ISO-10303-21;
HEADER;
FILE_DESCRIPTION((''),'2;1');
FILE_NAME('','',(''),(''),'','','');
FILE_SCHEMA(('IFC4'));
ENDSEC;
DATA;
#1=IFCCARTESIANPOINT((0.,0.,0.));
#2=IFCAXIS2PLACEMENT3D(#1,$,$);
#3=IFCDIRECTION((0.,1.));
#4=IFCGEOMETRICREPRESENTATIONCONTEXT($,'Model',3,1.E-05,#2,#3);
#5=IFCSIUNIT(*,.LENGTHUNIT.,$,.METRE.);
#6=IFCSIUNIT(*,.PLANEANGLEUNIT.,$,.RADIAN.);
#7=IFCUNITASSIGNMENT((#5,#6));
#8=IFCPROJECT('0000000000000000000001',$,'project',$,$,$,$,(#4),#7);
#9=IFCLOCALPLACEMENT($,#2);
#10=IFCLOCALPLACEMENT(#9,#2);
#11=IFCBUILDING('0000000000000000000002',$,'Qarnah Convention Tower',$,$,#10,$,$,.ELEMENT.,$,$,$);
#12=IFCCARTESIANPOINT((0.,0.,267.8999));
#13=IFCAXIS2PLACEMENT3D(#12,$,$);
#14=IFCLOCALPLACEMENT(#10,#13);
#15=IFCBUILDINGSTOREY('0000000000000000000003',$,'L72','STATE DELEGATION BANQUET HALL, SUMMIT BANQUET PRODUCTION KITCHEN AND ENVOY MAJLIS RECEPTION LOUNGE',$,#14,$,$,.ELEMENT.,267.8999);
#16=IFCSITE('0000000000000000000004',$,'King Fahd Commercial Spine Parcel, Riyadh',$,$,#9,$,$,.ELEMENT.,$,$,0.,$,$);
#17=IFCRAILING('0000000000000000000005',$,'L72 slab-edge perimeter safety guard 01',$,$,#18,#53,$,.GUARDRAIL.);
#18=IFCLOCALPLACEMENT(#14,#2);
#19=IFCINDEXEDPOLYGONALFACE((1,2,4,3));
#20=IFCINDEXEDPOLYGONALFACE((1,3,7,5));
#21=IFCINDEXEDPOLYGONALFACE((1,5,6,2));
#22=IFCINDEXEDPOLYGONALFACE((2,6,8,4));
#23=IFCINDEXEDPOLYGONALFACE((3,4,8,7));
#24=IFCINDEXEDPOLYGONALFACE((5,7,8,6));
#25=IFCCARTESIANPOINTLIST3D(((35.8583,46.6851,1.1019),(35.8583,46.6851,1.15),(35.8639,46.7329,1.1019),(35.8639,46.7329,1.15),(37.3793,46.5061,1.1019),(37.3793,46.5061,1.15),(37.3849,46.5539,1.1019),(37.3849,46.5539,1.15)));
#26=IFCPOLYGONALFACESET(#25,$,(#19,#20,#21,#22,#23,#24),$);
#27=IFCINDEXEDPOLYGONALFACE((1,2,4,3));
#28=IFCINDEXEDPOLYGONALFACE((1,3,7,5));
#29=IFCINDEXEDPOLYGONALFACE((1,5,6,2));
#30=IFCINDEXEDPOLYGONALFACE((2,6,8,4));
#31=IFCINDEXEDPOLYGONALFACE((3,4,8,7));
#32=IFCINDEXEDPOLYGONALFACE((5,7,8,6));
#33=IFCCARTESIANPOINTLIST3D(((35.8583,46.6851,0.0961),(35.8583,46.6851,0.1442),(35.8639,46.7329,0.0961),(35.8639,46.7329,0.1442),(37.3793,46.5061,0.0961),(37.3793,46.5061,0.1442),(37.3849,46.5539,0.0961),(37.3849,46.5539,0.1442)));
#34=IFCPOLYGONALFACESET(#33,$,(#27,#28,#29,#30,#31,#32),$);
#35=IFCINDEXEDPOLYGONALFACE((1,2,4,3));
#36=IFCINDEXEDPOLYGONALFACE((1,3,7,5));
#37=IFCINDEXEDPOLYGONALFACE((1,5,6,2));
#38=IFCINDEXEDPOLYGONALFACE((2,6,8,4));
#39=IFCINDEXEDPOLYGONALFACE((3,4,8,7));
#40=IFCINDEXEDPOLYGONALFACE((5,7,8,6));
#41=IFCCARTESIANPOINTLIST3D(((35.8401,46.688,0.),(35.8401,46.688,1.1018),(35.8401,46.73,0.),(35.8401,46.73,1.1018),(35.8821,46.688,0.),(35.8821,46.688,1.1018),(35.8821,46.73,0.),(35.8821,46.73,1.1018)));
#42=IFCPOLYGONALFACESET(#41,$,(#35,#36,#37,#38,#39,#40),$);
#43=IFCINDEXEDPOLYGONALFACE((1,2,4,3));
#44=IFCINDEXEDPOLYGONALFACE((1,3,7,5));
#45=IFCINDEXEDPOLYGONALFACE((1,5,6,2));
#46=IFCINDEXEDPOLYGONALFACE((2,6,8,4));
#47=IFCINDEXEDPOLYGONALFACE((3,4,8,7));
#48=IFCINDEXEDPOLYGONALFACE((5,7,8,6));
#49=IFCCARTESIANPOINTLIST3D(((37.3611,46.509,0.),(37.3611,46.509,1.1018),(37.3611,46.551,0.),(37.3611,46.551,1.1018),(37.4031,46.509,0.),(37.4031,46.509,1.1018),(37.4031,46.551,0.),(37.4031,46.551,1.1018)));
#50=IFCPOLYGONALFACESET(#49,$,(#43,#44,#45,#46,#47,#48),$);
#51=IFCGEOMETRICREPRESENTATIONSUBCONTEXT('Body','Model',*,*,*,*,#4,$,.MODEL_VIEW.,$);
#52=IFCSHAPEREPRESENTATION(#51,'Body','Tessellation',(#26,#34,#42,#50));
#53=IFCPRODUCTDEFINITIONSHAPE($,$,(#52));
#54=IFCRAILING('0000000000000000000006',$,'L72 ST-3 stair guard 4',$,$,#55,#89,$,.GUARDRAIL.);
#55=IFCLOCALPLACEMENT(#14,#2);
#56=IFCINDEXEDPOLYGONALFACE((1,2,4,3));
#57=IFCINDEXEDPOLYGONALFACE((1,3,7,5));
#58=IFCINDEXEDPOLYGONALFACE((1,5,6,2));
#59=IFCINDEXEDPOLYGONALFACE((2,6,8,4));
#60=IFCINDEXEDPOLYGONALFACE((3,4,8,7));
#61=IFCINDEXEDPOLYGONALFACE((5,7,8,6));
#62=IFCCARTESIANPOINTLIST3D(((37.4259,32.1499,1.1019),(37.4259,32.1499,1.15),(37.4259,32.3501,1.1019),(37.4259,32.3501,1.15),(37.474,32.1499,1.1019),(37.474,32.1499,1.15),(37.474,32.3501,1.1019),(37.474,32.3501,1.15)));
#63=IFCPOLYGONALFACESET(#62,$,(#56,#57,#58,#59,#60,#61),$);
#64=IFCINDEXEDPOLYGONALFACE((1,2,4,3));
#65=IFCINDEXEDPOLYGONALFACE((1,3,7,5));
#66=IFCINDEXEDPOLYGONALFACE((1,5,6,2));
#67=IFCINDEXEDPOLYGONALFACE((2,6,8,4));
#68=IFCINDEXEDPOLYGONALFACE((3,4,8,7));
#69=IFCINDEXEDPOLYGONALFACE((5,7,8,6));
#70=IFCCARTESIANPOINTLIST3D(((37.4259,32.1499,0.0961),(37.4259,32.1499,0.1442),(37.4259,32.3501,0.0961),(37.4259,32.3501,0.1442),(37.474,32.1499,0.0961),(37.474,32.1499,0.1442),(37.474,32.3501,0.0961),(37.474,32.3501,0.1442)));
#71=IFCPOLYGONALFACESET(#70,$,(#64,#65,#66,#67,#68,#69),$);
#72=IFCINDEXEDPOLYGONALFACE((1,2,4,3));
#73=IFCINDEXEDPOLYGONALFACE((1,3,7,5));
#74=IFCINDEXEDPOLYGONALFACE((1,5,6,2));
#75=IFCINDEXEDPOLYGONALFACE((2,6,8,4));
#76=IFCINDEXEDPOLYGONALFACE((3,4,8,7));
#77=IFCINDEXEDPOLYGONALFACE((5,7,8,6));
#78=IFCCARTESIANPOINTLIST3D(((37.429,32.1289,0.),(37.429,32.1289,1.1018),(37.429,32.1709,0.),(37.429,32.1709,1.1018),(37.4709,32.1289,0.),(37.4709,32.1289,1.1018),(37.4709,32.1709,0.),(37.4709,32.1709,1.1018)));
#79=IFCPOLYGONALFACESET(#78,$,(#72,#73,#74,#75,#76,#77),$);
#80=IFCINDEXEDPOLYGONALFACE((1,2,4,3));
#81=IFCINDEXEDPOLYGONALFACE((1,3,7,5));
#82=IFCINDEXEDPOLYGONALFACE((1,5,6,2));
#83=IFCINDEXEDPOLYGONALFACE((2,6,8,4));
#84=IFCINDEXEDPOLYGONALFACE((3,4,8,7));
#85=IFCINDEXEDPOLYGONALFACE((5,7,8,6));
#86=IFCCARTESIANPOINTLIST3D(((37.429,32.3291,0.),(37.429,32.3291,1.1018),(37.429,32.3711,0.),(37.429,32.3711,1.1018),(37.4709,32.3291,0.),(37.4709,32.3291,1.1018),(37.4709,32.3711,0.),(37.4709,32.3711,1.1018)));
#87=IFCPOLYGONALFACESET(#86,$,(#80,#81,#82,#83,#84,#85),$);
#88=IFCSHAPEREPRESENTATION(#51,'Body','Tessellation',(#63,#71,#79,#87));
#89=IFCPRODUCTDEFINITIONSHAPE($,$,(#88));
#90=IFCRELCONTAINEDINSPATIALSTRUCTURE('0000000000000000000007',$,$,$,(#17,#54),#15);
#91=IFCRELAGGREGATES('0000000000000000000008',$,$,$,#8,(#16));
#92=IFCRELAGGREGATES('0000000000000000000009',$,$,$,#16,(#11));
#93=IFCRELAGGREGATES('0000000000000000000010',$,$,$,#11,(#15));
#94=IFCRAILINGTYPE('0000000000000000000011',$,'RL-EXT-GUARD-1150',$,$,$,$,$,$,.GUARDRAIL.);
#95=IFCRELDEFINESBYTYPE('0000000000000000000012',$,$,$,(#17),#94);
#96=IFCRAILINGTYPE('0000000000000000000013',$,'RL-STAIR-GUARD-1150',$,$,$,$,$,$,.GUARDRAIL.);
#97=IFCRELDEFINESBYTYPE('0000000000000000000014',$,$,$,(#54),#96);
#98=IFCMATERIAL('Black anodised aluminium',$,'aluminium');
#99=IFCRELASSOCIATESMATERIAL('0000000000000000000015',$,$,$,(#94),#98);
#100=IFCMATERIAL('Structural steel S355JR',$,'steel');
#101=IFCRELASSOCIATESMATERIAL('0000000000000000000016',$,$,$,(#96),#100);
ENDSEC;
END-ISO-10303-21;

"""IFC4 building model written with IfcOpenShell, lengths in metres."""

from ifc_helpers import new_model, si_unit, direction, frame, origin, origin_2d, place, context, subcontext, project, spatial, rectangle, extrude, material, type_object, element, save


model = new_model("IFC4")

# Units and contexts
model_context = context("Model", 3, precision=1e-05, world=origin(), true_north=direction((0.0, 1.0)))
body_context = subcontext(model_context, "Body", "Model", "MODEL_VIEW")
ifc_project = project(units=[si_unit("LENGTHUNIT", "METRE"), si_unit("PLANEANGLEUNIT", "RADIAN")], contexts=[model_context])

# Site, building, storey
site_placement = place(None, origin())
site = spatial("IfcSite", under=ifc_project, at=site_placement, Name="King Fahd Commercial Spine Parcel, Riyadh", CompositionType="ELEMENT", RefElevation=0.0)
building_placement = place(site_placement, origin())
building = spatial("IfcBuilding", under=site, at=building_placement, Name="Qarnah Convention Tower", CompositionType="ELEMENT")
storey_placement = place(building_placement, frame((0.0, 0.0, 267.8999)))
storey = spatial("IfcBuildingStorey", under=building, at=storey_placement, Name="L72", Description="STATE DELEGATION BANQUET HALL, SUMMIT BANQUET PRODUCTION KITCHEN AND ENVOY MAJLIS RECEPTION LOUNGE", CompositionType="ELEMENT", Elevation=267.8999)

# Shared definitions
ifc_material_1 = material(Name="Structural steel S355JR", Category="steel")

# Shared definitions
ifc_material_2 = material(Name="Black anodised aluminium", Category="aluminium")

# Railings
railing_type_1 = type_object("IfcRailingType", Name="RL-EXT-GUARD-1150", PredefinedType="GUARDRAIL", material=ifc_material_2)
railing_1_placement = place(storey_placement, frame((35.8611, 46.709, 0.0)))
element("IfcRailing", 1, at=railing_1_placement, inside=storey, type_object=railing_type_1, Name="L72 slab-edge perimeter safety guard 01", PredefinedType="GUARDRAIL", context=body_context, shape_type="SweptSolid", body=[
    extrude(rectangle(XDim=0.0481, YDim=0.0481, at=origin_2d()), frame((0.0, 0.0, 1.126), z_axis=(0.99315, -0.11685, 0.0), x_axis=(0.11685, 0.99315, 0.0)), (0.0, 0.0, 1.0), 1.5315),
    extrude(rectangle(XDim=0.0481, YDim=0.0481, at=origin_2d()), frame((0.0, 0.0, 0.1201), z_axis=(0.99315, -0.11685, 0.0), x_axis=(0.11685, 0.99315, 0.0)), (0.0, 0.0, 1.0), 1.5315),
    extrude(rectangle(XDim=0.042, YDim=0.042, at=origin_2d()), origin(), (0.0, 0.0, 1.0), 1.1018),
    extrude(rectangle(XDim=0.042, YDim=0.042, at=origin_2d()), frame((1.521, -0.179, 0.0)), (0.0, 0.0, 1.0), 1.1018),
])
railing_type_2 = type_object("IfcRailingType", Name="RL-STAIR-GUARD-1150", PredefinedType="GUARDRAIL", material=ifc_material_1)
railing_2_placement = place(storey_placement, frame((37.45, 32.1499, 0.0)))
element("IfcRailing", 2, at=railing_2_placement, inside=storey, type_object=railing_type_2, Name="L72 ST-3 stair guard 4", PredefinedType="GUARDRAIL", context=body_context, shape_type="SweptSolid", body=[
    extrude(rectangle(XDim=0.0481, YDim=0.0481, at=origin_2d()), frame((0.0, 0.0, 1.126), z_axis=(0.0, 1.0, 0.0), x_axis=(-1.0, 0.0, 0.0)), (0.0, 0.0, 1.0), 0.2002),
    extrude(rectangle(XDim=0.0481, YDim=0.0481, at=origin_2d()), frame((0.0, 0.0, 0.1201), z_axis=(0.0, 1.0, 0.0), x_axis=(-1.0, 0.0, 0.0)), (0.0, 0.0, 1.0), 0.2002),
    extrude(rectangle(XDim=0.042, YDim=0.042, at=origin_2d()), origin(), (0.0, 0.0, 1.0), 1.1018),
    extrude(rectangle(XDim=0.042, YDim=0.042, at=origin_2d()), frame((0.0, 0.2002, 0.0)), (0.0, 0.0, 1.0), 1.1018),
])

save(model, "model.ifc")
